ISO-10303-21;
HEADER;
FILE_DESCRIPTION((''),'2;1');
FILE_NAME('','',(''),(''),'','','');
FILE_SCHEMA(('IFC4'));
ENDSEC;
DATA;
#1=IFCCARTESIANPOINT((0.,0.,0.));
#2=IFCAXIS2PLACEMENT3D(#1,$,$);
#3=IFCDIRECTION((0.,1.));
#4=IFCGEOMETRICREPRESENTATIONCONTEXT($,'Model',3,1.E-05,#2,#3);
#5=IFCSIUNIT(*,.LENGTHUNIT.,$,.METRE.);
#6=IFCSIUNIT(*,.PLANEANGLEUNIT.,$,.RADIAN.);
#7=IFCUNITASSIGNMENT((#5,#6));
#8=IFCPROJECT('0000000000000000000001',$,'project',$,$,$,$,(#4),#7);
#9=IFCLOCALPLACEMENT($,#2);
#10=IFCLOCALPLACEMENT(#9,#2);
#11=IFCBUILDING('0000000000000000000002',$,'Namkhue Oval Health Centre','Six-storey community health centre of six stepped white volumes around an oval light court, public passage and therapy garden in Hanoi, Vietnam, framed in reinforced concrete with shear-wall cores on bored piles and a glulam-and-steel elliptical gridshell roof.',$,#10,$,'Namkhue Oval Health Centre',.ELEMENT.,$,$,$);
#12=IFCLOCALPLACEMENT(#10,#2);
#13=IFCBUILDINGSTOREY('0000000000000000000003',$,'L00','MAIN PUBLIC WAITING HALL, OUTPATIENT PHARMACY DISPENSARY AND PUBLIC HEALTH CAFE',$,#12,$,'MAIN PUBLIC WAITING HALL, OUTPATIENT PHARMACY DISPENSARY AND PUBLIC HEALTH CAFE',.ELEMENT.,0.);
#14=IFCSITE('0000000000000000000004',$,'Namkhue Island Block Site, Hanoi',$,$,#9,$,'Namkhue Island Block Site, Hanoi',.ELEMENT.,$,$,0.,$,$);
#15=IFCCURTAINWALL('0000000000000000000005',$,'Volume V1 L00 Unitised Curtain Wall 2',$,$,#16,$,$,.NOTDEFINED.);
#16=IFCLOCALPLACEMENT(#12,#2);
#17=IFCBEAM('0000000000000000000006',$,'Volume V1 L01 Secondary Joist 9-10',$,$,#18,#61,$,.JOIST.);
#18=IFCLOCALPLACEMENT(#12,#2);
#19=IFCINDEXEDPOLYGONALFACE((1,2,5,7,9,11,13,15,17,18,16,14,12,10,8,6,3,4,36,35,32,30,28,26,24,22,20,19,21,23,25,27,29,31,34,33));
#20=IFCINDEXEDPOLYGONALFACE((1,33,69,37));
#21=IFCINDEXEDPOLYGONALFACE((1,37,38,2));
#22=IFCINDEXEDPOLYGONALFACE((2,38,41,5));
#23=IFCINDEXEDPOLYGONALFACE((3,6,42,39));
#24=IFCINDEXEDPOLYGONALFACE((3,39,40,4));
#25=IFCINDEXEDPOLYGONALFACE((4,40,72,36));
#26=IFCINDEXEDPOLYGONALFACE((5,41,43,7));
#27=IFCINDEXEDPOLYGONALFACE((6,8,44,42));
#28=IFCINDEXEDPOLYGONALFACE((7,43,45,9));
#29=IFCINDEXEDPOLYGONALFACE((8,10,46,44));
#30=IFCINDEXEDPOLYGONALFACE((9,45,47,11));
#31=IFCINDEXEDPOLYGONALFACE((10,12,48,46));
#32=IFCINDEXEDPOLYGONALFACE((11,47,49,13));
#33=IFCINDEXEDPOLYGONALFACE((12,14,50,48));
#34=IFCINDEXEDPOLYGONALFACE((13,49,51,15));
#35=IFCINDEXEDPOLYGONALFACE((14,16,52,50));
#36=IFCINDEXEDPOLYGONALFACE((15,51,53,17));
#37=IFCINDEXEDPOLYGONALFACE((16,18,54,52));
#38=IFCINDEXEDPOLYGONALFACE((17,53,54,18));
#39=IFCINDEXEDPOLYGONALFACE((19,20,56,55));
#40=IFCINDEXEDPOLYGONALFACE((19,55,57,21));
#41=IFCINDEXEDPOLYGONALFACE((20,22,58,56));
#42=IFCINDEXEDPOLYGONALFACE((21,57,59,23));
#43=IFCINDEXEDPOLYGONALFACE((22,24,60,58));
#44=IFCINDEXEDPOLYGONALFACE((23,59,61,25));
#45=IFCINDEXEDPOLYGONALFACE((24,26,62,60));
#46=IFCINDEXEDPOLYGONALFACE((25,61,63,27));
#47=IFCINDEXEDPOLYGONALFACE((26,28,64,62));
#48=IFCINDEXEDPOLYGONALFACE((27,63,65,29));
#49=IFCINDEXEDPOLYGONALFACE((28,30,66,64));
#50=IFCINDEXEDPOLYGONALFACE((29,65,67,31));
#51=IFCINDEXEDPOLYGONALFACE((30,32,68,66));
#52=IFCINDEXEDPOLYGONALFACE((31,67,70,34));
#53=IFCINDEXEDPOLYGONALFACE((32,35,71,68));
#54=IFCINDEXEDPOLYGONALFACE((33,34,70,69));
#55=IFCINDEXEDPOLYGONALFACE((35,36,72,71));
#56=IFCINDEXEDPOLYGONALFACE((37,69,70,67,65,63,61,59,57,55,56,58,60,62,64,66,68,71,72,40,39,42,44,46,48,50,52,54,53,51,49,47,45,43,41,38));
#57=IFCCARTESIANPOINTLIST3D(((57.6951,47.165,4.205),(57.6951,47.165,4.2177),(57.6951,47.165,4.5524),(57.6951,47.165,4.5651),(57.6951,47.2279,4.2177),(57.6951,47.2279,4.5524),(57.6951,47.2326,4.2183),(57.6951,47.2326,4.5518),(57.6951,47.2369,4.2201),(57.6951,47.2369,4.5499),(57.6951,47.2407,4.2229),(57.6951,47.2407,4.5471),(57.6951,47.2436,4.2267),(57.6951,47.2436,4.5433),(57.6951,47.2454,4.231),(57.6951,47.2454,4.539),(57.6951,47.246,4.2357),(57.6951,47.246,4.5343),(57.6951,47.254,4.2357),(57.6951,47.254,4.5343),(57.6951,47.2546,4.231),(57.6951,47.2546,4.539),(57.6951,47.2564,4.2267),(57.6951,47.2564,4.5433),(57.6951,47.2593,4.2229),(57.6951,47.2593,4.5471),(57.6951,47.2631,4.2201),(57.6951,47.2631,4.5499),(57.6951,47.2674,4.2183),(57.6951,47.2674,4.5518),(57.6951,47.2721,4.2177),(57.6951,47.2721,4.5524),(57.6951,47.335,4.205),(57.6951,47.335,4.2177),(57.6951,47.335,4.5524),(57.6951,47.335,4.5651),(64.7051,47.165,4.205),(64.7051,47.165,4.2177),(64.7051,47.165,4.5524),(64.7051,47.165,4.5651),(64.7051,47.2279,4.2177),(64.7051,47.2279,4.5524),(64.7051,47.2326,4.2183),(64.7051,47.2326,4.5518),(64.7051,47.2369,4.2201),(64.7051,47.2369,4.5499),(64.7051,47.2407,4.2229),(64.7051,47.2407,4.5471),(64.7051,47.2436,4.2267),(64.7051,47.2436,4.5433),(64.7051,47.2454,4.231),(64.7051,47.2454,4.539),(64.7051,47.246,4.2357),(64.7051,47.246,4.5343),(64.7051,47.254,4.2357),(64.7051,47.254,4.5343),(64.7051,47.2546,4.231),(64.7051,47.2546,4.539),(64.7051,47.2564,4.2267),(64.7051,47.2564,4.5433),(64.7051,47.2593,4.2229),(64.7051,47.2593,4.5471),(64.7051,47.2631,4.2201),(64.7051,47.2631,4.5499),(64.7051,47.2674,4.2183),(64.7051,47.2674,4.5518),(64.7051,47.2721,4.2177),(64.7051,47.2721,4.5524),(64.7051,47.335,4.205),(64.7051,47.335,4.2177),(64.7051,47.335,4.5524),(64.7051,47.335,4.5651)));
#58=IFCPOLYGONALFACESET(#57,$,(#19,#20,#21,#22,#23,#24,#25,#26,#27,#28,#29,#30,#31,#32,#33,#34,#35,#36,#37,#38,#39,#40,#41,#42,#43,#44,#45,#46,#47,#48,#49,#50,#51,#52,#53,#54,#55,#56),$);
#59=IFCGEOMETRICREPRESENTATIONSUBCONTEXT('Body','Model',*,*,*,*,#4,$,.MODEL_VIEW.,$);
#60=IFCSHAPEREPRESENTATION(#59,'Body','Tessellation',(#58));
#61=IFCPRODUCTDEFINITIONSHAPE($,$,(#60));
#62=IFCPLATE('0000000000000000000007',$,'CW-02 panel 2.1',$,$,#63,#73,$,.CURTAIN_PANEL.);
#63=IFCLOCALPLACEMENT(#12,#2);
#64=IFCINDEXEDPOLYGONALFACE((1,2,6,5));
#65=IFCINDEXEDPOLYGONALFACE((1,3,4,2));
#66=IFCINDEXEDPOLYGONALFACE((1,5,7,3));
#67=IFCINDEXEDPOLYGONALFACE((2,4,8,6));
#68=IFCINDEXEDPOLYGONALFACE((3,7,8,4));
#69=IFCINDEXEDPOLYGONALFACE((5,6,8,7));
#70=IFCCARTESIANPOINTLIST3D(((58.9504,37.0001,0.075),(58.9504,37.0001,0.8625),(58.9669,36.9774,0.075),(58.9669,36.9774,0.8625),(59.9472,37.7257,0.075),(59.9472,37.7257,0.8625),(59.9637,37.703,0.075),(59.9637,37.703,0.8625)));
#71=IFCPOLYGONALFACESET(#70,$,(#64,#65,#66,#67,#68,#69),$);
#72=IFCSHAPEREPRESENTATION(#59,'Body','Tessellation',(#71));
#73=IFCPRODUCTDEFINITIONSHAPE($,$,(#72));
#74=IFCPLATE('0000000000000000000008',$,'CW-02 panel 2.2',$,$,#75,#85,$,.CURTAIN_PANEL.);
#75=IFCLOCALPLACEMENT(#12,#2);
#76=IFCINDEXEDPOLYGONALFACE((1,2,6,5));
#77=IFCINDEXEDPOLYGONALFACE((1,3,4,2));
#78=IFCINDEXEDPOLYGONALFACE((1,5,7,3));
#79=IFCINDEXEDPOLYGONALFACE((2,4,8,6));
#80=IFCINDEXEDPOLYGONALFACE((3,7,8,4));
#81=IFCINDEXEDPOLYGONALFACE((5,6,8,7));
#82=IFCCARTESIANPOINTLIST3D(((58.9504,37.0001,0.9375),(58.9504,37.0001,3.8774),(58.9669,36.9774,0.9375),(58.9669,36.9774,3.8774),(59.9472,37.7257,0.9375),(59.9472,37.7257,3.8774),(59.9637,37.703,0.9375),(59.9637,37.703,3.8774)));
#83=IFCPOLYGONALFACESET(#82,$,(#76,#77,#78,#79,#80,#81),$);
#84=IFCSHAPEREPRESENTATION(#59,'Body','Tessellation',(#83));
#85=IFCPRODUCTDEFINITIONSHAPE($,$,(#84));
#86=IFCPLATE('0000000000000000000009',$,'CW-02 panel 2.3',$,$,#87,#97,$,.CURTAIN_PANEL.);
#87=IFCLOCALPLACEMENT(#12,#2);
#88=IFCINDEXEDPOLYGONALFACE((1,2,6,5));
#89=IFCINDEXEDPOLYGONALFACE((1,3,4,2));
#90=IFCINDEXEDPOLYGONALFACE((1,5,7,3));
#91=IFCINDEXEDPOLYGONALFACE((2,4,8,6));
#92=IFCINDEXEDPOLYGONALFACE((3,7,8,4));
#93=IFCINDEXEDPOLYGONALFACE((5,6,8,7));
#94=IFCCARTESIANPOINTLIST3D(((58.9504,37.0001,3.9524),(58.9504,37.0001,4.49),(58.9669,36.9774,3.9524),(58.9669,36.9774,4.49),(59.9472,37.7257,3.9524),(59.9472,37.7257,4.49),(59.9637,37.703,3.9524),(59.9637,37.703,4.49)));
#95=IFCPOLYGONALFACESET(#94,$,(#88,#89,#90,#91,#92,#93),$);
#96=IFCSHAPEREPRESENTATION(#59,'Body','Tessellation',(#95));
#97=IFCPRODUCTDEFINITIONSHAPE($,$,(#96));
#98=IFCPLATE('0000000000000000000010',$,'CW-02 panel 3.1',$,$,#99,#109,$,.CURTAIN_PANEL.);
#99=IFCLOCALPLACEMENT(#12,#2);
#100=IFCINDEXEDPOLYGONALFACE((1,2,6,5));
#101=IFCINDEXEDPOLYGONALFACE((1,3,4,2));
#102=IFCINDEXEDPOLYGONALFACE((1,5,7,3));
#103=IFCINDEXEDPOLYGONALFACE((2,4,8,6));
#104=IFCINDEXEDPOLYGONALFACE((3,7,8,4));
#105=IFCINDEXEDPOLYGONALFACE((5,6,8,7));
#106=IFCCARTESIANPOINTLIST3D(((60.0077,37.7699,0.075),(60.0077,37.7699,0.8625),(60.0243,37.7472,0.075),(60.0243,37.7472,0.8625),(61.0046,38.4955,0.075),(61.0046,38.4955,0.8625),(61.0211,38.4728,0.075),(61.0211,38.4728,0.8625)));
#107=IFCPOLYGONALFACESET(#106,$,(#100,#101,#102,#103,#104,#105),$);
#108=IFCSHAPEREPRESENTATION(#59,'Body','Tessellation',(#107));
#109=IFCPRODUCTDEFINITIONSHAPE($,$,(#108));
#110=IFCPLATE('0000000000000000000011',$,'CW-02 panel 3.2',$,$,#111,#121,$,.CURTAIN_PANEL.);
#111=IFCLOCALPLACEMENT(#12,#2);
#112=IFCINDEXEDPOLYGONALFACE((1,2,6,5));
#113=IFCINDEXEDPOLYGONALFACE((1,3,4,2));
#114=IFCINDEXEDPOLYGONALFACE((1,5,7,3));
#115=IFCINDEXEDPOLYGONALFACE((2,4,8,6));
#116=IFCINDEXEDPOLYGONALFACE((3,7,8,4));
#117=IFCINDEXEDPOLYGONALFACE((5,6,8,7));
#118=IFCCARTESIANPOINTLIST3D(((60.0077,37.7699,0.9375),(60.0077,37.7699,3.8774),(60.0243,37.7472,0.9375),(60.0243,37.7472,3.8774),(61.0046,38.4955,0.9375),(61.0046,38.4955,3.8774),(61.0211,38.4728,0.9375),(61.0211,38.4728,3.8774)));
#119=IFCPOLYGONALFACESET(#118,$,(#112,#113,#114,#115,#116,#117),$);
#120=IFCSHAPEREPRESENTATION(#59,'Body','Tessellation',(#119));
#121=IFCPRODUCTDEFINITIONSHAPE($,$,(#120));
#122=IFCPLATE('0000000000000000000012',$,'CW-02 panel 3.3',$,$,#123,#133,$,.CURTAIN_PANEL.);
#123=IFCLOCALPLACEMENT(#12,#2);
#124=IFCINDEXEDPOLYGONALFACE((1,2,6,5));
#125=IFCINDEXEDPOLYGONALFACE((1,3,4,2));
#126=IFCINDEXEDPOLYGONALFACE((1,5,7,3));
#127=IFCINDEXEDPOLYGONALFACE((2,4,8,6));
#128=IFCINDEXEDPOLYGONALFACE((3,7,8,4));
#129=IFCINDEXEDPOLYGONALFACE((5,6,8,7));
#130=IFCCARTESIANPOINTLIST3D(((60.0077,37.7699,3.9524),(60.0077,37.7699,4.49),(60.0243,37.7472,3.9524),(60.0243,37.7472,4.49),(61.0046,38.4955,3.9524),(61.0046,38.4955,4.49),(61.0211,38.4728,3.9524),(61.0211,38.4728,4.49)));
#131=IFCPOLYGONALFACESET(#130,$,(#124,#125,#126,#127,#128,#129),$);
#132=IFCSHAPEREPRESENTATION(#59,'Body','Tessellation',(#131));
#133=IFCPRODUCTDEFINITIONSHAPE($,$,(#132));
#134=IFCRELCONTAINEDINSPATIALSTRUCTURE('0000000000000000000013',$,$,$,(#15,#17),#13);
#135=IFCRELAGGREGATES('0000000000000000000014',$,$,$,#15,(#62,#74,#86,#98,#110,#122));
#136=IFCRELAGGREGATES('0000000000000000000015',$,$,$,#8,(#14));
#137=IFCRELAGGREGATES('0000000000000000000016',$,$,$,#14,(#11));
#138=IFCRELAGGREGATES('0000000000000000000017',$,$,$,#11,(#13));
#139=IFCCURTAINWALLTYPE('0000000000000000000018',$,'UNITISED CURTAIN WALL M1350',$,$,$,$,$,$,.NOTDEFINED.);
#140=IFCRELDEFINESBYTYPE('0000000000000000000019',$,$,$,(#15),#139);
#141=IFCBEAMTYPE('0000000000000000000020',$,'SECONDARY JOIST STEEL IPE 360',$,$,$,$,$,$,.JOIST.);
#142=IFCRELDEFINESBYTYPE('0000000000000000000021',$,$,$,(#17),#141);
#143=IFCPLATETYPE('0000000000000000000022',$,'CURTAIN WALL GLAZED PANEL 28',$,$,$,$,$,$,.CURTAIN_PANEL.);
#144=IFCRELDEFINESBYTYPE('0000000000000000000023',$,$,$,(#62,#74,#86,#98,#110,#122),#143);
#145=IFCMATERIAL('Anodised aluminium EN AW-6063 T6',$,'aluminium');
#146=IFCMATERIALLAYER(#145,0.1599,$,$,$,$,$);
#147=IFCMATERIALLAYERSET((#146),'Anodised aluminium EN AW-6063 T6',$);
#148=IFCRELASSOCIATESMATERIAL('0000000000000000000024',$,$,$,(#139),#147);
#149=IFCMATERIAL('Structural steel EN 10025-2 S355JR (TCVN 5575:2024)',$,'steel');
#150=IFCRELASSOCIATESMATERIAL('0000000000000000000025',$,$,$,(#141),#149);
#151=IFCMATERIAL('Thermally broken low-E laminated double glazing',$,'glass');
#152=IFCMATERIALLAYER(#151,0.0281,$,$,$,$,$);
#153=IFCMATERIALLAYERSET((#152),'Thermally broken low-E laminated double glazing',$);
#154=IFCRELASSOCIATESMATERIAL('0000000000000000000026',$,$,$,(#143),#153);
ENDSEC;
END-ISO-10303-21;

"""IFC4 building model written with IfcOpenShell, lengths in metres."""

from ifc_helpers import new_model, si_unit, direction, frame, origin, origin_2d, place, context, subcontext, project, spatial, rectangle, i_section, extrude, material, layer, layer_set, material_profile, profile_set, type_object, element, aggregate, save


model = new_model("IFC4")

# Units and contexts
model_context = context("Model", 3, precision=1e-05, world=origin(), true_north=direction((0.0, 1.0)))
body_context = subcontext(model_context, "Body", "Model", "MODEL_VIEW")
ifc_project = project(units=[si_unit("LENGTHUNIT", "METRE"), si_unit("PLANEANGLEUNIT", "RADIAN")], contexts=[model_context])

# Site, building, storey
site_placement = place(None, origin())
site = spatial("IfcSite", under=ifc_project, at=site_placement, Name="Namkhue Island Block Site, Hanoi", LongName="Namkhue Island Block Site, Hanoi", CompositionType="ELEMENT", RefElevation=0.0)
building_placement = place(site_placement, origin())
building = spatial("IfcBuilding", under=site, at=building_placement, Name="Namkhue Oval Health Centre", Description="Six-storey community health centre of six stepped white volumes around an oval light court, public passage and therapy garden in Hanoi, Vietnam, framed in reinforced concrete with shear-wall cores on bored piles and a glulam-and-steel elliptical gridshell roof.", LongName="Namkhue Oval Health Centre", CompositionType="ELEMENT")
storey_placement = place(building_placement, origin())
storey = spatial("IfcBuildingStorey", under=building, at=storey_placement, Name="L00", Description="MAIN PUBLIC WAITING HALL, OUTPATIENT PHARMACY DISPENSARY AND PUBLIC HEALTH CAFE", LongName="MAIN PUBLIC WAITING HALL, OUTPATIENT PHARMACY DISPENSARY AND PUBLIC HEALTH CAFE", CompositionType="ELEMENT", Elevation=0.0)

# Curtain wall
ifc_material_1 = material(Name="Anodised aluminium EN AW-6063 T6", Category="aluminium")
ifc_layer_1 = layer(ifc_material_1, 0.1599)
ifc_layer_set_1 = layer_set([ifc_layer_1], Name="Anodised aluminium EN AW-6063 T6")
curtain_wall_type = type_object("IfcCurtainWallType", Name="UNITISED CURTAIN WALL M1350", PredefinedType="NOTDEFINED", material=ifc_layer_set_1)
curtain_wall_placement = place(storey_placement, origin())
curtain_wall = element("IfcCurtainWall", 1, at=curtain_wall_placement, inside=storey, type_object=curtain_wall_type, Name="Volume V1 L00 Unitised Curtain Wall 2", PredefinedType="NOTDEFINED")

# Beam
ifc_material_2 = material(Name="Structural steel EN 10025-2 S355JR (TCVN 5575:2024)", Category="steel")
ifc_material_profile_1 = material_profile(ifc_material_2, i_section(OverallWidth=0.1699, OverallDepth=0.3601, WebThickness=0.0081, FlangeThickness=0.0127, FilletRadius=0.0181, at=origin_2d()), Name="IPE 360")
ifc_profile_set_1 = profile_set([ifc_material_profile_1], Name="Structural steel EN 10025-2 S355JR (TCVN 5575:2024)")
beam_type_1 = type_object("IfcBeamType", Name="SECONDARY JOIST STEEL IPE 360", PredefinedType="JOIST", material=ifc_profile_set_1)
beam_1_placement = place(storey_placement, frame((57.6951, 47.25, 4.385), z_axis=(1.0, 0.0, 0.0), x_axis=(0.0, 1.0, 0.0)))
element("IfcBeam", 2, at=beam_1_placement, inside=storey, type_object=beam_type_1, Name="Volume V1 L01 Secondary Joist 9-10", PredefinedType="JOIST", context=body_context, shape_type="SweptSolid", body=[
    extrude(i_section(OverallWidth=0.1699, OverallDepth=0.3601, WebThickness=0.0081, FlangeThickness=0.0127, FilletRadius=0.0181, at=origin_2d()), origin(), (0.0, 0.0, 1.0), 7.01),
])

# Plates
ifc_material_3 = material(Name="Thermally broken low-E laminated double glazing", Category="glass")
ifc_layer_2 = layer(ifc_material_3, 0.0281)
ifc_layer_set_2 = layer_set([ifc_layer_2], Name="Thermally broken low-E laminated double glazing")
plate_type = type_object("IfcPlateType", Name="CURTAIN WALL GLAZED PANEL 28", PredefinedType="CURTAIN_PANEL", material=ifc_layer_set_2)
plate_1_placement = place(storey_placement, frame((59.457, 37.3516, 0.075), z_axis=(0.0, 0.0, 1.0), x_axis=(0.808514, 0.588477, 0.0)))
plate_1 = element("IfcPlate", 3, at=plate_1_placement, type_object=plate_type, Name="CW-02 panel 2.1", PredefinedType="CURTAIN_PANEL", context=body_context, shape_type="SweptSolid", body=[
    extrude(rectangle(XDim=1.2329, YDim=0.0281, at=origin_2d()), origin(), (0.0, 0.0, 1.0), 0.7876),
])
plate_2_placement = place(storey_placement, frame((59.457, 37.3516, 0.9375), z_axis=(0.0, 0.0, 1.0), x_axis=(0.808514, 0.588477, 0.0)))
plate_2 = element("IfcPlate", 4, at=plate_2_placement, type_object=plate_type, Name="CW-02 panel 2.2", PredefinedType="CURTAIN_PANEL", context=body_context, shape_type="SweptSolid", body=[
    extrude(rectangle(XDim=1.2329, YDim=0.0281, at=origin_2d()), origin(), (0.0, 0.0, 1.0), 2.9399),
])
plate_3_placement = place(storey_placement, frame((59.457, 37.3516, 3.9524), z_axis=(0.0, 0.0, 1.0), x_axis=(0.808514, 0.588477, 0.0)))
plate_3 = element("IfcPlate", 5, at=plate_3_placement, type_object=plate_type, Name="CW-02 panel 2.3", PredefinedType="CURTAIN_PANEL", context=body_context, shape_type="SweptSolid", body=[
    extrude(rectangle(XDim=1.2329, YDim=0.0281, at=origin_2d()), origin(), (0.0, 0.0, 1.0), 0.5376),
])
plate_4_placement = place(storey_placement, frame((60.5144, 38.1213, 0.075), z_axis=(0.0, 0.0, 1.0), x_axis=(0.808514, 0.588477, 0.0)))
plate_4 = element("IfcPlate", 6, at=plate_4_placement, type_object=plate_type, Name="CW-02 panel 3.1", PredefinedType="CURTAIN_PANEL", context=body_context, shape_type="SweptSolid", body=[
    extrude(rectangle(XDim=1.2329, YDim=0.0281, at=origin_2d()), origin(), (0.0, 0.0, 1.0), 0.7876),
])
plate_5_placement = place(storey_placement, frame((60.5144, 38.1213, 0.9375), z_axis=(0.0, 0.0, 1.0), x_axis=(0.808514, 0.588477, 0.0)))
plate_5 = element("IfcPlate", 7, at=plate_5_placement, type_object=plate_type, Name="CW-02 panel 3.2", PredefinedType="CURTAIN_PANEL", context=body_context, shape_type="SweptSolid", body=[
    extrude(rectangle(XDim=1.2329, YDim=0.0281, at=origin_2d()), origin(), (0.0, 0.0, 1.0), 2.9399),
])
plate_6_placement = place(storey_placement, frame((60.5144, 38.1213, 3.9524), z_axis=(0.0, 0.0, 1.0), x_axis=(0.808514, 0.588477, 0.0)))
plate_6 = element("IfcPlate", 8, at=plate_6_placement, type_object=plate_type, Name="CW-02 panel 3.3", PredefinedType="CURTAIN_PANEL", context=body_context, shape_type="SweptSolid", body=[
    extrude(rectangle(XDim=1.2329, YDim=0.0281, at=origin_2d()), origin(), (0.0, 0.0, 1.0), 0.5376),
])
aggregate(curtain_wall, [plate_1, plate_2, plate_3, plate_4, plate_5, plate_6])

save(model, "model.ifc")
